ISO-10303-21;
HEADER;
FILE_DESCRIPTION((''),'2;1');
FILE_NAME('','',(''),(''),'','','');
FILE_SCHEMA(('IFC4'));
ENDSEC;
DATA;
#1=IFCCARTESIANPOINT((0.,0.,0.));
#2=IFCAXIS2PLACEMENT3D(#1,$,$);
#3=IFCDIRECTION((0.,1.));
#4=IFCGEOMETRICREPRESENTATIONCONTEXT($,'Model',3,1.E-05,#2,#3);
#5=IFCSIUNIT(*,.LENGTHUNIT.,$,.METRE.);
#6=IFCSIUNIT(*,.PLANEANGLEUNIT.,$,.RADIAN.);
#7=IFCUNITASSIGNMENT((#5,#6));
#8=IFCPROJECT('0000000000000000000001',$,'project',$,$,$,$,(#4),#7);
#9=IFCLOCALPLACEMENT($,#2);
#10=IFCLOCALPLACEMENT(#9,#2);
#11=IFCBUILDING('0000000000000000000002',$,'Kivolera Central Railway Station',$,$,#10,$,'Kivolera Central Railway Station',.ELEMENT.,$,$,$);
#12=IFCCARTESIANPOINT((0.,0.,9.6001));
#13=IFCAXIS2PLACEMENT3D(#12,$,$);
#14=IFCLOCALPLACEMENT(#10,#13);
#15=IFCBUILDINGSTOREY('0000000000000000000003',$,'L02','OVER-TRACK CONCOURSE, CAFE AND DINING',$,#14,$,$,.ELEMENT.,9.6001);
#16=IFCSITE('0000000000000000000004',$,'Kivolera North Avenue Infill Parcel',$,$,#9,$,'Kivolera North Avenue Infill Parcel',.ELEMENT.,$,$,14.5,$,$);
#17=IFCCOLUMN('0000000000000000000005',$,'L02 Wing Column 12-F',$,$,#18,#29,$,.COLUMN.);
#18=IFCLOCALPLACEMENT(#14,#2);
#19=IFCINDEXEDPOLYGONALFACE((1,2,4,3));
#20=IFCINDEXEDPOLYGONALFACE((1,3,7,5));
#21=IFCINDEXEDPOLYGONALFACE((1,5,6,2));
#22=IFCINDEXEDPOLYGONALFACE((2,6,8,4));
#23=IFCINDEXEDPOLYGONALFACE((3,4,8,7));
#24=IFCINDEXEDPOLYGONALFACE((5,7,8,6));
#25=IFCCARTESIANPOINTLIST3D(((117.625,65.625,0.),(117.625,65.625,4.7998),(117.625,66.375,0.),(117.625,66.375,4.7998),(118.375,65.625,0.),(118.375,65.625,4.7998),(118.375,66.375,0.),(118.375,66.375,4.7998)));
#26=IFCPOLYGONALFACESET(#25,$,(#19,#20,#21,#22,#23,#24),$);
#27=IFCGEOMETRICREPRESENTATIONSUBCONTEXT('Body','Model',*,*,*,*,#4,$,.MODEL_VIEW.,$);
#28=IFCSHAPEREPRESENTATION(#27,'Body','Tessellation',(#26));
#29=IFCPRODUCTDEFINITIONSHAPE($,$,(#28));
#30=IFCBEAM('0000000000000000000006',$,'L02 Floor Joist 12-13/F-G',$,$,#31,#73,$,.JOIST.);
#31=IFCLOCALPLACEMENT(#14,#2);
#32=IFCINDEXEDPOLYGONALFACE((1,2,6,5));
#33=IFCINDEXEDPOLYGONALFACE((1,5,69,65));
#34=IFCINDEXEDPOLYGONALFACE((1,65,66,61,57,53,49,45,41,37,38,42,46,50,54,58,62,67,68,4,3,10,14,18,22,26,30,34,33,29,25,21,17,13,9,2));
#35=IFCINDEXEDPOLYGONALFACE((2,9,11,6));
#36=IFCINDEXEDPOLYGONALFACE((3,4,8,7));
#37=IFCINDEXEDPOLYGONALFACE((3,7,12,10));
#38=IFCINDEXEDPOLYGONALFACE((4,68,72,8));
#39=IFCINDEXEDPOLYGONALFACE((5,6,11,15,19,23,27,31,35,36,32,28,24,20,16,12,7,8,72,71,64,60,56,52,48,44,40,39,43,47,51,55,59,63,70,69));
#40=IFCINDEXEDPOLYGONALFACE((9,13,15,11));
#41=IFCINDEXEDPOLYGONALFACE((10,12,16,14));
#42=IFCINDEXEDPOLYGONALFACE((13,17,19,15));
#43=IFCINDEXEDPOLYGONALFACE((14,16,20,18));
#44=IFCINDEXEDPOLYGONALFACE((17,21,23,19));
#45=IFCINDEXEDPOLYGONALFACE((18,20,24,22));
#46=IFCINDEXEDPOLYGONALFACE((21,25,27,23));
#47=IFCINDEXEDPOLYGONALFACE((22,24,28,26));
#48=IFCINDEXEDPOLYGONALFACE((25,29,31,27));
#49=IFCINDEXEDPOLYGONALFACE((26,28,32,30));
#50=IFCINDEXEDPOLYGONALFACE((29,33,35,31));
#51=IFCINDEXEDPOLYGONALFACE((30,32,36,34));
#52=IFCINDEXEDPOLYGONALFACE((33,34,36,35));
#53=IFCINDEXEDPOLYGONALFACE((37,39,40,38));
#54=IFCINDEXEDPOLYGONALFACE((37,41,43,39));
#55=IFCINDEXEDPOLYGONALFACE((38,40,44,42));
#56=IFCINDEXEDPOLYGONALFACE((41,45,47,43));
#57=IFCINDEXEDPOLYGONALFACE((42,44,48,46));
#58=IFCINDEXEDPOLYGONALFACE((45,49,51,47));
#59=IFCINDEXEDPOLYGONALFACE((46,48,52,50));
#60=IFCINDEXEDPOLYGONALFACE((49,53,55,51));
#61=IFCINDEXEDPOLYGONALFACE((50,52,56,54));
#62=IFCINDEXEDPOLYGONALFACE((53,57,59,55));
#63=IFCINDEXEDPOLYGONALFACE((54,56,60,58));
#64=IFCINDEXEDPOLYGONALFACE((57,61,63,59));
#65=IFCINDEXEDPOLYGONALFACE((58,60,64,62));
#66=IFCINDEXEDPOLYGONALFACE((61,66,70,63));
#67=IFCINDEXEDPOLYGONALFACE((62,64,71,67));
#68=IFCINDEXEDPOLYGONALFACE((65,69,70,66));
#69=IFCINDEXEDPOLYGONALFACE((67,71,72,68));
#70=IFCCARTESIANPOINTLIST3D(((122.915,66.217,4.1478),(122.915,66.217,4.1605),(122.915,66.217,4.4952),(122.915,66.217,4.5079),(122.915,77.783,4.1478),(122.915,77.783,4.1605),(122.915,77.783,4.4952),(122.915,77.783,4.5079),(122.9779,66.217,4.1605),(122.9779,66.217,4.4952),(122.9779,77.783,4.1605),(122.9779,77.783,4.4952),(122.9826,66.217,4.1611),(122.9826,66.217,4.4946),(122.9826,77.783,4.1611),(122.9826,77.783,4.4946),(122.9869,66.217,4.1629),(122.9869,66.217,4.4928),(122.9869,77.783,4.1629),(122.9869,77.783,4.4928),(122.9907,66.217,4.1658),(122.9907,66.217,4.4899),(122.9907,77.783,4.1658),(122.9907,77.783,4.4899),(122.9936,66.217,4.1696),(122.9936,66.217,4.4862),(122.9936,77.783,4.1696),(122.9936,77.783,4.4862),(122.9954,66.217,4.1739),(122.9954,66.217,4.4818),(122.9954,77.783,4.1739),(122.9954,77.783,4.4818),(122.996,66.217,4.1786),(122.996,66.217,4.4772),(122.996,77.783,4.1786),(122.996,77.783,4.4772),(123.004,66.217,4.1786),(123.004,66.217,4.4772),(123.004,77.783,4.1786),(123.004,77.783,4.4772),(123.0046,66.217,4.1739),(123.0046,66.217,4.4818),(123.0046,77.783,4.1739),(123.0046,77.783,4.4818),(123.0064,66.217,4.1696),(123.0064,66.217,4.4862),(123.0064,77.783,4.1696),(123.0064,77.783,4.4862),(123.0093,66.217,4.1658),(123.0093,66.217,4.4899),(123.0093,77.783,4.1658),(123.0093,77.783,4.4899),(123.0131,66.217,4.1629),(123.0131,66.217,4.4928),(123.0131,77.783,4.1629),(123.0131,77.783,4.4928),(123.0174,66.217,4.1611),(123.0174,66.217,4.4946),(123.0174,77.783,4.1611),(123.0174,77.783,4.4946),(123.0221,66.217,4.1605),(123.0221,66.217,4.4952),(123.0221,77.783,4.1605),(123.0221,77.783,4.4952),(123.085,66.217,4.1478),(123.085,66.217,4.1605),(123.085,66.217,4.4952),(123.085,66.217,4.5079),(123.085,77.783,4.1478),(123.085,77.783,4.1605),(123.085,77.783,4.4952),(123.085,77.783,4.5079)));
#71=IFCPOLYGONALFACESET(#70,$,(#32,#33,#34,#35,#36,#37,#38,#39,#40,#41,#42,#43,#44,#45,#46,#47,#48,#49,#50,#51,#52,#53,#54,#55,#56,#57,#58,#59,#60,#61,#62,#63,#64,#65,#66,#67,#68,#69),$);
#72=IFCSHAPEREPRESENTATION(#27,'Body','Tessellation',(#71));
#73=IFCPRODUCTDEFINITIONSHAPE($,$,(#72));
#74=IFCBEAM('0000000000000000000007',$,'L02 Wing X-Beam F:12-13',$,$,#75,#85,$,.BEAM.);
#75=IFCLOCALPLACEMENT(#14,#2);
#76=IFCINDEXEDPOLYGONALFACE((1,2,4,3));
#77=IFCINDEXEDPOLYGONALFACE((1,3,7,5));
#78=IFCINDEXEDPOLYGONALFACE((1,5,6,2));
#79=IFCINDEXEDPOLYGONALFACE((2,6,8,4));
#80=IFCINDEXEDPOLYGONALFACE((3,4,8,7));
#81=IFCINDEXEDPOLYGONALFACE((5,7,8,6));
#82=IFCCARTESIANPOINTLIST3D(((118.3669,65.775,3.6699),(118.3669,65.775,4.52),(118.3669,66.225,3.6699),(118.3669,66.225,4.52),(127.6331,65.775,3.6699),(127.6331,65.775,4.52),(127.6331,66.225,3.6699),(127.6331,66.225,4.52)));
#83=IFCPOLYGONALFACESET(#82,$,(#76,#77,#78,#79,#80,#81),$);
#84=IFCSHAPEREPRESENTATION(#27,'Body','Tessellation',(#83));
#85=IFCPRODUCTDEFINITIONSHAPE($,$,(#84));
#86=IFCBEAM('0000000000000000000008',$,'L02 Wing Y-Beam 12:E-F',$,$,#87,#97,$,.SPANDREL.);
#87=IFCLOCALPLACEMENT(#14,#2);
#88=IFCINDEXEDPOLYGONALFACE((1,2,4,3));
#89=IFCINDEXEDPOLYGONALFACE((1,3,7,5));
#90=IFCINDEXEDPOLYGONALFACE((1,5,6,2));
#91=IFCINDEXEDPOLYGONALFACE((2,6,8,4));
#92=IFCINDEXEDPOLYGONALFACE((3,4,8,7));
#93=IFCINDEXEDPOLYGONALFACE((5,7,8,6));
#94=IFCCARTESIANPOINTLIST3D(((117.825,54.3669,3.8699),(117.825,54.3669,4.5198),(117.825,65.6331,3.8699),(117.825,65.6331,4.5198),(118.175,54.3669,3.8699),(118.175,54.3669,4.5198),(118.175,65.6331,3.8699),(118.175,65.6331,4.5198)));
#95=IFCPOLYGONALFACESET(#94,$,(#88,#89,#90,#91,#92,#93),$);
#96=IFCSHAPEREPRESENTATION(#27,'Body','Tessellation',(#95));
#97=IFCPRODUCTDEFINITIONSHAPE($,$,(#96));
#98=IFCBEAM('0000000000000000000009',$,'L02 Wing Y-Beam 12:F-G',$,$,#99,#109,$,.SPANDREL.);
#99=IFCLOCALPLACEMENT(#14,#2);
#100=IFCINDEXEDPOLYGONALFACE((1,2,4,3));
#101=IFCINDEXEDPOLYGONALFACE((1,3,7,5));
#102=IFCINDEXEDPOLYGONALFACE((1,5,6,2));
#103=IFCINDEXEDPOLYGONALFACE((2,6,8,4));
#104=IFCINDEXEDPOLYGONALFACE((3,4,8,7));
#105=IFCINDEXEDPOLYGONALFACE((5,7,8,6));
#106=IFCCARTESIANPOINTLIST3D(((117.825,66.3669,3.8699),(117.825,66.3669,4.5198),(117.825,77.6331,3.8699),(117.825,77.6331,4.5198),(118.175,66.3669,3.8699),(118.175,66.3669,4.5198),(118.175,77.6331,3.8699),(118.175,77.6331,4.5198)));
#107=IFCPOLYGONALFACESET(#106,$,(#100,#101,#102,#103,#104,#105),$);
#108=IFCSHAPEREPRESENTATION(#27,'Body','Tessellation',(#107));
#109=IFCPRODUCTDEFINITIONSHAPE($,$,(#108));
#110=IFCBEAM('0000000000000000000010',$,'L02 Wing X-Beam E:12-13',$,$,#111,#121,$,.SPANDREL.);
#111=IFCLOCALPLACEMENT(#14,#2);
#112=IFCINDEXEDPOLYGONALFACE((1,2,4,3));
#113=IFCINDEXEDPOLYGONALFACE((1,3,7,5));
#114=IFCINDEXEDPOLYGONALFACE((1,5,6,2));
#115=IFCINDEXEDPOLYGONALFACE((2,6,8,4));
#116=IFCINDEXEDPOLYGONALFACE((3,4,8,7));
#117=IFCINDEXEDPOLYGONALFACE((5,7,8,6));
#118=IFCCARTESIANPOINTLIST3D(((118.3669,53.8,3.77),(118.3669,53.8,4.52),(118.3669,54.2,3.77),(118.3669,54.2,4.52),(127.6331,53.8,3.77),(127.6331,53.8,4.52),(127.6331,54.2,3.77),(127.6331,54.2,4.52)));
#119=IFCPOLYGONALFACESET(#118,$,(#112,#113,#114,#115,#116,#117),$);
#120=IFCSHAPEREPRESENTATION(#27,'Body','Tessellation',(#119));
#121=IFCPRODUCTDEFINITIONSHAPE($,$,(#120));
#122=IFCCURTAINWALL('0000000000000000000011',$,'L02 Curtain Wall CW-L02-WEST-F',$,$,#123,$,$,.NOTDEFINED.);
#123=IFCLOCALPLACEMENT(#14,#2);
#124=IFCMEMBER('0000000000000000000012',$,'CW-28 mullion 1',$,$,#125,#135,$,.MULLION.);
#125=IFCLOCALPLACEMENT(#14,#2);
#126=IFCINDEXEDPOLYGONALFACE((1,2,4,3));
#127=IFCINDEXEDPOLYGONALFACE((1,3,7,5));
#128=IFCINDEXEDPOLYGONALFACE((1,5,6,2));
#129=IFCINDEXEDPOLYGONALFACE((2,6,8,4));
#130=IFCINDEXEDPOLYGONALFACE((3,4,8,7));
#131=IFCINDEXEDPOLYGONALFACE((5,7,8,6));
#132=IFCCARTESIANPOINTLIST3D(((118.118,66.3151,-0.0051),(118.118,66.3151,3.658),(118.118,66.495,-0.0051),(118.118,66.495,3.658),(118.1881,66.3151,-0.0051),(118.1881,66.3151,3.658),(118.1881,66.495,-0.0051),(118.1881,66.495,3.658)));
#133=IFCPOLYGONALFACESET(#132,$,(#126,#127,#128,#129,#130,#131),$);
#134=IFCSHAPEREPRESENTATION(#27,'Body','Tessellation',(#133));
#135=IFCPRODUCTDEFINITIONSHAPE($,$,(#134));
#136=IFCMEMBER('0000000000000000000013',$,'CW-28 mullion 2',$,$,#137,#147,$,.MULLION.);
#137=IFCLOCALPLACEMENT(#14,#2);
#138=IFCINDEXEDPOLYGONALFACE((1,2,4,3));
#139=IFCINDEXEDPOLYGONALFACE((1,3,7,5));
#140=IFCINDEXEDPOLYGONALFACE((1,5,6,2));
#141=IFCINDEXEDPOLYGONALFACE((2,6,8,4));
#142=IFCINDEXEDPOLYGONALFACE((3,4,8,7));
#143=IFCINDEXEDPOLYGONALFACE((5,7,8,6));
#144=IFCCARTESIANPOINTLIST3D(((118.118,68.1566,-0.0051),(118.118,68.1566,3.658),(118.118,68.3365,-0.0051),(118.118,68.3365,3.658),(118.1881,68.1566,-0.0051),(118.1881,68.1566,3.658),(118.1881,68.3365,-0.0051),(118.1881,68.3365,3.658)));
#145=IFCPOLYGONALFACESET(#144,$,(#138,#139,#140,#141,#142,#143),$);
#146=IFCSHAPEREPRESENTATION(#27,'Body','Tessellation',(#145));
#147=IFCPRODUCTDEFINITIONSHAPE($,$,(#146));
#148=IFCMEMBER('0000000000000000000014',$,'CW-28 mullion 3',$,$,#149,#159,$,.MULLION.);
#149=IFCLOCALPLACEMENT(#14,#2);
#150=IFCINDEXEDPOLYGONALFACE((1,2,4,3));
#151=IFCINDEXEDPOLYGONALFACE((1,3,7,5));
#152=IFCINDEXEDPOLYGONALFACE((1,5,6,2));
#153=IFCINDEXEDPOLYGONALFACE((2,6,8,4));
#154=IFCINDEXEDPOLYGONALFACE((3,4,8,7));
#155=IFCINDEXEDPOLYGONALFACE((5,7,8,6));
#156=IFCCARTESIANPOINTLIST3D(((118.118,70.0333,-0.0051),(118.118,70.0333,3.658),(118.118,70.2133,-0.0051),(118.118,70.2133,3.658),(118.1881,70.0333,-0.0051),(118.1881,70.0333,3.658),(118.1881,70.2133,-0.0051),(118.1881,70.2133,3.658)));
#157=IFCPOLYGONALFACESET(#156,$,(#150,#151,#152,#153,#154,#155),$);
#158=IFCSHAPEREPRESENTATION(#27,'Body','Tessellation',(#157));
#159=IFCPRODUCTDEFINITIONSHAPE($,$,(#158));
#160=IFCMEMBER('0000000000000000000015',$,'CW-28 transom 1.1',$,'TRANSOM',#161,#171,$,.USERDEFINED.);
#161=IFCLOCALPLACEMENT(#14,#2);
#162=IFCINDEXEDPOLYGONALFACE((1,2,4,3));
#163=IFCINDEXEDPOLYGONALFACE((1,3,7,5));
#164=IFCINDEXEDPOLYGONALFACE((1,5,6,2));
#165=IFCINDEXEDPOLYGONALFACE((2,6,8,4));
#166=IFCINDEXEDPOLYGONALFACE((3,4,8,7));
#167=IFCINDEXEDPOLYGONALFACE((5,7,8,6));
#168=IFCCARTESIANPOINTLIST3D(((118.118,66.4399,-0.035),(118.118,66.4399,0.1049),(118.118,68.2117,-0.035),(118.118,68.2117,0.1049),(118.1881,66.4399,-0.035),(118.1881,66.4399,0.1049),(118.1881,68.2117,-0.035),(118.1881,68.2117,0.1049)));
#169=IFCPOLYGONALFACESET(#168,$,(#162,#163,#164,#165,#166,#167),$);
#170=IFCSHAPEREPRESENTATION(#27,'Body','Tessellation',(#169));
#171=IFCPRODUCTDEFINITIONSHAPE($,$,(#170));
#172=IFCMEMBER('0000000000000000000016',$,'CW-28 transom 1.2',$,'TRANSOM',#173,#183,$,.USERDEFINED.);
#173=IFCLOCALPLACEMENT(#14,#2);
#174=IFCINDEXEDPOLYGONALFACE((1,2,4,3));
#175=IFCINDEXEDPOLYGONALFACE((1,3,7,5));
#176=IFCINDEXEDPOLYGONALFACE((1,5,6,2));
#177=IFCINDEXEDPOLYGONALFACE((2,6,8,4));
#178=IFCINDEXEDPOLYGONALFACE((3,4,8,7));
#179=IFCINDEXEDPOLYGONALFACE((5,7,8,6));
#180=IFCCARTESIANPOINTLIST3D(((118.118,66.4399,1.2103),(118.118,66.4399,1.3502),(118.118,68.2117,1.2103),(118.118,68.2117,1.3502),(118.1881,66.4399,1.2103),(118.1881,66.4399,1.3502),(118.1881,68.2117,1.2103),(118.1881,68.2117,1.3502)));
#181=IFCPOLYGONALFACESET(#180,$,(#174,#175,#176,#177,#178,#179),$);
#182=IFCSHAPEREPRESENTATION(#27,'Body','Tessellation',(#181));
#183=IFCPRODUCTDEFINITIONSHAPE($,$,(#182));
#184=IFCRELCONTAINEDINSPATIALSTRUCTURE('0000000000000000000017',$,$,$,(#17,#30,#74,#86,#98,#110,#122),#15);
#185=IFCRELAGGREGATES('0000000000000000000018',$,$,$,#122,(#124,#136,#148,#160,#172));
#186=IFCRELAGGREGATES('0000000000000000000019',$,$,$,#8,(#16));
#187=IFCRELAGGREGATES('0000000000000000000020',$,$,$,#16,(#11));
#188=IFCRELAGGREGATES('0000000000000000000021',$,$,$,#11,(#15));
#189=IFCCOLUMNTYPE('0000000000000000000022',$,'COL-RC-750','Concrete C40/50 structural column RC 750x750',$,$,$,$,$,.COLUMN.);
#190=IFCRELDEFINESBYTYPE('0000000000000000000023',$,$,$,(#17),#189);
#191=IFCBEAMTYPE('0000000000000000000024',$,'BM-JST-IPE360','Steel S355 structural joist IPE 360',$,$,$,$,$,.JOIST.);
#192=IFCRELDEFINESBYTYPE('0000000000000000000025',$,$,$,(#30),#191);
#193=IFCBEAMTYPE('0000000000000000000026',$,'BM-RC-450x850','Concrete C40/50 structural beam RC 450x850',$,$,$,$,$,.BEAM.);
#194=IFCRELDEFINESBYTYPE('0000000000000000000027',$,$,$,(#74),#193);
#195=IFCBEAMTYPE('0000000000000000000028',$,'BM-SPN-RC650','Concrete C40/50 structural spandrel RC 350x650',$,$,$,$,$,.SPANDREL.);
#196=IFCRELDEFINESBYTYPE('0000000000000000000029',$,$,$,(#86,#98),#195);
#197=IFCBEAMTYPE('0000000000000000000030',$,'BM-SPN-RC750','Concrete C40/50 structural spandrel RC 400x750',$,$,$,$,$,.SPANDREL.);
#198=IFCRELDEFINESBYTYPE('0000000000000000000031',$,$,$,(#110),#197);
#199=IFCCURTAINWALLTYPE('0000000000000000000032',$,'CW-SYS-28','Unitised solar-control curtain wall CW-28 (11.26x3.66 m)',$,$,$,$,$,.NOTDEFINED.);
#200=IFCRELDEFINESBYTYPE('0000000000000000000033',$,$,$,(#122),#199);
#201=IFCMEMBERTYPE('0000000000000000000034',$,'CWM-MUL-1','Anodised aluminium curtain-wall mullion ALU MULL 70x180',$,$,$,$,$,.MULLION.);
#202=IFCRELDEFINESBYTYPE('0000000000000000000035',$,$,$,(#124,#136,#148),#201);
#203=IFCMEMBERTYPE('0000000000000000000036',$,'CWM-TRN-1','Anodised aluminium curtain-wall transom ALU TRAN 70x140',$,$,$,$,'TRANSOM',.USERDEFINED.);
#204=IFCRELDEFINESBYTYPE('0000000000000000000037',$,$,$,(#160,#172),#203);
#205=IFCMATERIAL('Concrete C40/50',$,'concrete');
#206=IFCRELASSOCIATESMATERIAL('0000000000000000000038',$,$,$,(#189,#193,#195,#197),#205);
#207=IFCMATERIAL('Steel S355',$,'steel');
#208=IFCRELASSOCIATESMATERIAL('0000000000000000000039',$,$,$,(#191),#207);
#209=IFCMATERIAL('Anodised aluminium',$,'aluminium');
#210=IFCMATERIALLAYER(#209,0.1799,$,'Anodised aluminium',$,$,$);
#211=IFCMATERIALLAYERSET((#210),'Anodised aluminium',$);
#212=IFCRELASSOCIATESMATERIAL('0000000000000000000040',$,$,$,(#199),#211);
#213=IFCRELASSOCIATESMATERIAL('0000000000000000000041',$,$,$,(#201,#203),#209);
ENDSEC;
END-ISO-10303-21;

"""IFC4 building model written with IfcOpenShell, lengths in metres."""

from ifc_helpers import new_model, si_unit, direction, frame, origin, origin_2d, place, context, subcontext, project, spatial, rectangle, i_section, extrude, material, layer, layer_set, material_profile, profile_set, type_object, element, aggregate, save


model = new_model("IFC4")

# Units and contexts
model_context = context("Model", 3, precision=1e-05, world=origin(), true_north=direction((0.0, 1.0)))
body_context = subcontext(model_context, "Body", "Model", "MODEL_VIEW")
ifc_project = project(units=[si_unit("LENGTHUNIT", "METRE"), si_unit("PLANEANGLEUNIT", "RADIAN")], contexts=[model_context])

# Site, building, storey
site_placement = place(None, origin())
site = spatial("IfcSite", under=ifc_project, at=site_placement, Name="Kivolera North Avenue Infill Parcel", LongName="Kivolera North Avenue Infill Parcel", CompositionType="ELEMENT", RefElevation=14.5)
building_placement = place(site_placement, origin())
building = spatial("IfcBuilding", under=site, at=building_placement, Name="Kivolera Central Railway Station", LongName="Kivolera Central Railway Station", CompositionType="ELEMENT")
storey_placement = place(building_placement, frame((0.0, 0.0, 9.6001)))
storey = spatial("IfcBuildingStorey", under=building, at=storey_placement, Name="L02", Description="OVER-TRACK CONCOURSE, CAFE AND DINING", CompositionType="ELEMENT", Elevation=9.6001)

# Column
ifc_material_1 = material(Name="Concrete C40/50", Category="concrete")
ifc_material_profile_1 = material_profile(ifc_material_1, rectangle(XDim=0.75, YDim=0.75, at=origin_2d()), Name="RC 750x750")
ifc_profile_set_1 = profile_set([ifc_material_profile_1], Name="Concrete C40/50")
column_type = type_object("IfcColumnType", Name="COL-RC-750", Description="Concrete C40/50 structural column RC 750x750", PredefinedType="COLUMN", material=ifc_profile_set_1)
column_placement = place(storey_placement, frame((118.0, 66.0, 0.0), z_axis=(0.0, 0.0, 1.0), x_axis=(1.0, 0.0, 0.0)))
element("IfcColumn", 1, at=column_placement, inside=storey, type_object=column_type, Name="L02 Wing Column 12-F", PredefinedType="COLUMN", context=body_context, shape_type="SweptSolid", body=[
    extrude(rectangle(XDim=0.75, YDim=0.75, at=origin_2d()), origin(), (0.0, 0.0, 1.0), 4.7998),
])

# Beams
ifc_material_2 = material(Name="Steel S355", Category="steel")
ifc_material_profile_2 = material_profile(ifc_material_2, i_section(OverallWidth=0.1699, OverallDepth=0.3601, WebThickness=0.0081, FlangeThickness=0.0127, FilletRadius=0.0181, at=origin_2d()), Name="IPE 360")
ifc_profile_set_2 = profile_set([ifc_material_profile_2], Name="Steel S355")
beam_type_1 = type_object("IfcBeamType", Name="BM-JST-IPE360", Description="Steel S355 structural joist IPE 360", PredefinedType="JOIST", material=ifc_profile_set_2)
beam_1_placement = place(storey_placement, frame((123.0, 66.217, 4.3279), z_axis=(0.0, 1.0, 0.0), x_axis=(-1.0, 0.0, 0.0)))
element("IfcBeam", 2, at=beam_1_placement, inside=storey, type_object=beam_type_1, Name="L02 Floor Joist 12-13/F-G", PredefinedType="JOIST", context=body_context, shape_type="SweptSolid", body=[
    extrude(i_section(OverallWidth=0.1699, OverallDepth=0.3601, WebThickness=0.0081, FlangeThickness=0.0127, FilletRadius=0.0181, at=origin_2d()), origin(), (0.0, 0.0, 1.0), 11.5659),
])
ifc_material_profile_3 = material_profile(ifc_material_1, rectangle(XDim=0.45, YDim=0.8501, at=origin_2d()), Name="RC 450x850")
ifc_profile_set_3 = profile_set([ifc_material_profile_3], Name="Concrete C40/50")
beam_type_2 = type_object("IfcBeamType", Name="BM-RC-450x850", Description="Concrete C40/50 structural beam RC 450x850", PredefinedType="BEAM", material=ifc_profile_set_3)
beam_2_placement = place(storey_placement, frame((118.3669, 66.0, 4.095), z_axis=(1.0, 0.0, 0.0), x_axis=(0.0, 1.0, 0.0)))
element("IfcBeam", 3, at=beam_2_placement, inside=storey, type_object=beam_type_2, Name="L02 Wing X-Beam F:12-13", PredefinedType="BEAM", context=body_context, shape_type="SweptSolid", body=[
    extrude(rectangle(XDim=0.45, YDim=0.8501, at=origin_2d()), origin(), (0.0, 0.0, 1.0), 9.2661),
])
ifc_material_profile_4 = material_profile(ifc_material_1, rectangle(XDim=0.3501, YDim=0.6499, at=origin_2d()), Name="RC 350x650")
ifc_profile_set_4 = profile_set([ifc_material_profile_4], Name="Concrete C40/50")
beam_type_3 = type_object("IfcBeamType", Name="BM-SPN-RC650", Description="Concrete C40/50 structural spandrel RC 350x650", PredefinedType="SPANDREL", material=ifc_profile_set_4)
for number, where, z_axis, x_axis, name in (
    (4, (118.0, 54.3669, 4.1948), (0.0, 1.0, 0.0), (-1.0, 0.0, 0.0), "L02 Wing Y-Beam 12:E-F"),
    (5, (118.0, 66.3669, 4.1948), (0.0, 1.0, 0.0), (-1.0, 0.0, 0.0), "L02 Wing Y-Beam 12:F-G"),
):
    element("IfcBeam", number, at=place(storey_placement, frame(where, z_axis=z_axis, x_axis=x_axis)), inside=storey, type_object=beam_type_3, Name=name, PredefinedType="SPANDREL", context=body_context, shape_type="SweptSolid", body=[
        extrude(rectangle(XDim=0.3501, YDim=0.6499, at=origin_2d()), origin(), (0.0, 0.0, 1.0), 11.2661),
    ])
ifc_material_profile_5 = material_profile(ifc_material_1, rectangle(XDim=0.3999, YDim=0.75, at=origin_2d()), Name="RC 400x750")
ifc_profile_set_5 = profile_set([ifc_material_profile_5], Name="Concrete C40/50")
beam_type_4 = type_object("IfcBeamType", Name="BM-SPN-RC750", Description="Concrete C40/50 structural spandrel RC 400x750", PredefinedType="SPANDREL", material=ifc_profile_set_5)
beam_3_placement = place(storey_placement, frame((118.3669, 54.0, 4.145), z_axis=(1.0, 0.0, 0.0), x_axis=(0.0, 1.0, 0.0)))
element("IfcBeam", 6, at=beam_3_placement, inside=storey, type_object=beam_type_4, Name="L02 Wing X-Beam E:12-13", PredefinedType="SPANDREL", context=body_context, shape_type="SweptSolid", body=[
    extrude(rectangle(XDim=0.3999, YDim=0.75, at=origin_2d()), origin(), (0.0, 0.0, 1.0), 9.2661),
])

# Curtain wall, members
ifc_material_3 = material(Name="Anodised aluminium", Category="aluminium")
ifc_layer_1 = layer(ifc_material_3, 0.1799, Name="Anodised aluminium")
ifc_layer_set_1 = layer_set([ifc_layer_1], Name="Anodised aluminium")
curtain_wall_type = type_object("IfcCurtainWallType", Name="CW-SYS-28", Description="Unitised solar-control curtain wall CW-28 (11.26x3.66 m)", PredefinedType="NOTDEFINED", material=ifc_layer_set_1)
curtain_wall_placement = place(storey_placement, origin())
curtain_wall = element("IfcCurtainWall", 7, at=curtain_wall_placement, inside=storey, type_object=curtain_wall_type, Name="L02 Curtain Wall CW-L02-WEST-F", PredefinedType="NOTDEFINED")
ifc_material_profile_6 = material_profile(ifc_material_3, rectangle(XDim=0.0701, YDim=0.1799, at=origin_2d()), Name="ALU MULL 70x180")
ifc_profile_set_6 = profile_set([ifc_material_profile_6], Name="Anodised aluminium")
member_type_1 = type_object("IfcMemberType", Name="CWM-MUL-1", Description="Anodised aluminium curtain-wall mullion ALU MULL 70x180", PredefinedType="MULLION", material=ifc_profile_set_6)
member_1_placement = place(storey_placement, frame((118.1531, 66.405, -0.0051), z_axis=(0.0, 0.0, 1.0), x_axis=(-1.0, 0.0, 0.0)))
member_1 = element("IfcMember", 8, at=member_1_placement, type_object=member_type_1, Name="CW-28 mullion 1", PredefinedType="MULLION", context=body_context, shape_type="SweptSolid", body=[
    extrude(rectangle(XDim=0.0701, YDim=0.1799, at=origin_2d()), origin(), (0.0, 0.0, 1.0), 3.6631),
])
member_2_placement = place(storey_placement, frame((118.1531, 68.2466, -0.0051), z_axis=(0.0, 0.0, 1.0), x_axis=(-1.0, 0.0, 0.0)))
member_2 = element("IfcMember", 9, at=member_2_placement, type_object=member_type_1, Name="CW-28 mullion 2", PredefinedType="MULLION", context=body_context, shape_type="SweptSolid", body=[
    extrude(rectangle(XDim=0.0701, YDim=0.1799, at=origin_2d()), origin(), (0.0, 0.0, 1.0), 3.6631),
])
member_3_placement = place(storey_placement, frame((118.1531, 70.1233, -0.0051), z_axis=(0.0, 0.0, 1.0), x_axis=(-1.0, 0.0, 0.0)))
member_3 = element("IfcMember", 10, at=member_3_placement, type_object=member_type_1, Name="CW-28 mullion 3", PredefinedType="MULLION", context=body_context, shape_type="SweptSolid", body=[
    extrude(rectangle(XDim=0.0701, YDim=0.1799, at=origin_2d()), origin(), (0.0, 0.0, 1.0), 3.6631),
])
ifc_material_profile_7 = material_profile(ifc_material_3, rectangle(XDim=0.0701, YDim=0.1399, at=origin_2d()), Name="ALU TRAN 70x140")
ifc_profile_set_7 = profile_set([ifc_material_profile_7], Name="Anodised aluminium")
member_type_2 = type_object("IfcMemberType", Name="CWM-TRN-1", Description="Anodised aluminium curtain-wall transom ALU TRAN 70x140", ElementType="TRANSOM", PredefinedType="USERDEFINED", material=ifc_profile_set_7)
member_4_placement = place(storey_placement, frame((118.1531, 66.4399, 0.0349), z_axis=(0.0, 1.0, 0.0), x_axis=(-1.0, 0.0, 0.0)))
member_4 = element("IfcMember", 11, at=member_4_placement, type_object=member_type_2, Name="CW-28 transom 1.1", ObjectType="TRANSOM", PredefinedType="USERDEFINED", context=body_context, shape_type="SweptSolid", body=[
    extrude(rectangle(XDim=0.0701, YDim=0.1399, at=origin_2d()), origin(), (0.0, 0.0, 1.0), 1.7717),
])
member_5_placement = place(storey_placement, frame((118.1531, 66.4399, 1.2803), z_axis=(0.0, 1.0, 0.0), x_axis=(-1.0, 0.0, 0.0)))
member_5 = element("IfcMember", 12, at=member_5_placement, type_object=member_type_2, Name="CW-28 transom 1.2", ObjectType="TRANSOM", PredefinedType="USERDEFINED", context=body_context, shape_type="SweptSolid", body=[
    extrude(rectangle(XDim=0.0701, YDim=0.1399, at=origin_2d()), origin(), (0.0, 0.0, 1.0), 1.7717),
])
aggregate(curtain_wall, [member_1, member_2, member_3, member_4, member_5])

save(model, "model.ifc")
